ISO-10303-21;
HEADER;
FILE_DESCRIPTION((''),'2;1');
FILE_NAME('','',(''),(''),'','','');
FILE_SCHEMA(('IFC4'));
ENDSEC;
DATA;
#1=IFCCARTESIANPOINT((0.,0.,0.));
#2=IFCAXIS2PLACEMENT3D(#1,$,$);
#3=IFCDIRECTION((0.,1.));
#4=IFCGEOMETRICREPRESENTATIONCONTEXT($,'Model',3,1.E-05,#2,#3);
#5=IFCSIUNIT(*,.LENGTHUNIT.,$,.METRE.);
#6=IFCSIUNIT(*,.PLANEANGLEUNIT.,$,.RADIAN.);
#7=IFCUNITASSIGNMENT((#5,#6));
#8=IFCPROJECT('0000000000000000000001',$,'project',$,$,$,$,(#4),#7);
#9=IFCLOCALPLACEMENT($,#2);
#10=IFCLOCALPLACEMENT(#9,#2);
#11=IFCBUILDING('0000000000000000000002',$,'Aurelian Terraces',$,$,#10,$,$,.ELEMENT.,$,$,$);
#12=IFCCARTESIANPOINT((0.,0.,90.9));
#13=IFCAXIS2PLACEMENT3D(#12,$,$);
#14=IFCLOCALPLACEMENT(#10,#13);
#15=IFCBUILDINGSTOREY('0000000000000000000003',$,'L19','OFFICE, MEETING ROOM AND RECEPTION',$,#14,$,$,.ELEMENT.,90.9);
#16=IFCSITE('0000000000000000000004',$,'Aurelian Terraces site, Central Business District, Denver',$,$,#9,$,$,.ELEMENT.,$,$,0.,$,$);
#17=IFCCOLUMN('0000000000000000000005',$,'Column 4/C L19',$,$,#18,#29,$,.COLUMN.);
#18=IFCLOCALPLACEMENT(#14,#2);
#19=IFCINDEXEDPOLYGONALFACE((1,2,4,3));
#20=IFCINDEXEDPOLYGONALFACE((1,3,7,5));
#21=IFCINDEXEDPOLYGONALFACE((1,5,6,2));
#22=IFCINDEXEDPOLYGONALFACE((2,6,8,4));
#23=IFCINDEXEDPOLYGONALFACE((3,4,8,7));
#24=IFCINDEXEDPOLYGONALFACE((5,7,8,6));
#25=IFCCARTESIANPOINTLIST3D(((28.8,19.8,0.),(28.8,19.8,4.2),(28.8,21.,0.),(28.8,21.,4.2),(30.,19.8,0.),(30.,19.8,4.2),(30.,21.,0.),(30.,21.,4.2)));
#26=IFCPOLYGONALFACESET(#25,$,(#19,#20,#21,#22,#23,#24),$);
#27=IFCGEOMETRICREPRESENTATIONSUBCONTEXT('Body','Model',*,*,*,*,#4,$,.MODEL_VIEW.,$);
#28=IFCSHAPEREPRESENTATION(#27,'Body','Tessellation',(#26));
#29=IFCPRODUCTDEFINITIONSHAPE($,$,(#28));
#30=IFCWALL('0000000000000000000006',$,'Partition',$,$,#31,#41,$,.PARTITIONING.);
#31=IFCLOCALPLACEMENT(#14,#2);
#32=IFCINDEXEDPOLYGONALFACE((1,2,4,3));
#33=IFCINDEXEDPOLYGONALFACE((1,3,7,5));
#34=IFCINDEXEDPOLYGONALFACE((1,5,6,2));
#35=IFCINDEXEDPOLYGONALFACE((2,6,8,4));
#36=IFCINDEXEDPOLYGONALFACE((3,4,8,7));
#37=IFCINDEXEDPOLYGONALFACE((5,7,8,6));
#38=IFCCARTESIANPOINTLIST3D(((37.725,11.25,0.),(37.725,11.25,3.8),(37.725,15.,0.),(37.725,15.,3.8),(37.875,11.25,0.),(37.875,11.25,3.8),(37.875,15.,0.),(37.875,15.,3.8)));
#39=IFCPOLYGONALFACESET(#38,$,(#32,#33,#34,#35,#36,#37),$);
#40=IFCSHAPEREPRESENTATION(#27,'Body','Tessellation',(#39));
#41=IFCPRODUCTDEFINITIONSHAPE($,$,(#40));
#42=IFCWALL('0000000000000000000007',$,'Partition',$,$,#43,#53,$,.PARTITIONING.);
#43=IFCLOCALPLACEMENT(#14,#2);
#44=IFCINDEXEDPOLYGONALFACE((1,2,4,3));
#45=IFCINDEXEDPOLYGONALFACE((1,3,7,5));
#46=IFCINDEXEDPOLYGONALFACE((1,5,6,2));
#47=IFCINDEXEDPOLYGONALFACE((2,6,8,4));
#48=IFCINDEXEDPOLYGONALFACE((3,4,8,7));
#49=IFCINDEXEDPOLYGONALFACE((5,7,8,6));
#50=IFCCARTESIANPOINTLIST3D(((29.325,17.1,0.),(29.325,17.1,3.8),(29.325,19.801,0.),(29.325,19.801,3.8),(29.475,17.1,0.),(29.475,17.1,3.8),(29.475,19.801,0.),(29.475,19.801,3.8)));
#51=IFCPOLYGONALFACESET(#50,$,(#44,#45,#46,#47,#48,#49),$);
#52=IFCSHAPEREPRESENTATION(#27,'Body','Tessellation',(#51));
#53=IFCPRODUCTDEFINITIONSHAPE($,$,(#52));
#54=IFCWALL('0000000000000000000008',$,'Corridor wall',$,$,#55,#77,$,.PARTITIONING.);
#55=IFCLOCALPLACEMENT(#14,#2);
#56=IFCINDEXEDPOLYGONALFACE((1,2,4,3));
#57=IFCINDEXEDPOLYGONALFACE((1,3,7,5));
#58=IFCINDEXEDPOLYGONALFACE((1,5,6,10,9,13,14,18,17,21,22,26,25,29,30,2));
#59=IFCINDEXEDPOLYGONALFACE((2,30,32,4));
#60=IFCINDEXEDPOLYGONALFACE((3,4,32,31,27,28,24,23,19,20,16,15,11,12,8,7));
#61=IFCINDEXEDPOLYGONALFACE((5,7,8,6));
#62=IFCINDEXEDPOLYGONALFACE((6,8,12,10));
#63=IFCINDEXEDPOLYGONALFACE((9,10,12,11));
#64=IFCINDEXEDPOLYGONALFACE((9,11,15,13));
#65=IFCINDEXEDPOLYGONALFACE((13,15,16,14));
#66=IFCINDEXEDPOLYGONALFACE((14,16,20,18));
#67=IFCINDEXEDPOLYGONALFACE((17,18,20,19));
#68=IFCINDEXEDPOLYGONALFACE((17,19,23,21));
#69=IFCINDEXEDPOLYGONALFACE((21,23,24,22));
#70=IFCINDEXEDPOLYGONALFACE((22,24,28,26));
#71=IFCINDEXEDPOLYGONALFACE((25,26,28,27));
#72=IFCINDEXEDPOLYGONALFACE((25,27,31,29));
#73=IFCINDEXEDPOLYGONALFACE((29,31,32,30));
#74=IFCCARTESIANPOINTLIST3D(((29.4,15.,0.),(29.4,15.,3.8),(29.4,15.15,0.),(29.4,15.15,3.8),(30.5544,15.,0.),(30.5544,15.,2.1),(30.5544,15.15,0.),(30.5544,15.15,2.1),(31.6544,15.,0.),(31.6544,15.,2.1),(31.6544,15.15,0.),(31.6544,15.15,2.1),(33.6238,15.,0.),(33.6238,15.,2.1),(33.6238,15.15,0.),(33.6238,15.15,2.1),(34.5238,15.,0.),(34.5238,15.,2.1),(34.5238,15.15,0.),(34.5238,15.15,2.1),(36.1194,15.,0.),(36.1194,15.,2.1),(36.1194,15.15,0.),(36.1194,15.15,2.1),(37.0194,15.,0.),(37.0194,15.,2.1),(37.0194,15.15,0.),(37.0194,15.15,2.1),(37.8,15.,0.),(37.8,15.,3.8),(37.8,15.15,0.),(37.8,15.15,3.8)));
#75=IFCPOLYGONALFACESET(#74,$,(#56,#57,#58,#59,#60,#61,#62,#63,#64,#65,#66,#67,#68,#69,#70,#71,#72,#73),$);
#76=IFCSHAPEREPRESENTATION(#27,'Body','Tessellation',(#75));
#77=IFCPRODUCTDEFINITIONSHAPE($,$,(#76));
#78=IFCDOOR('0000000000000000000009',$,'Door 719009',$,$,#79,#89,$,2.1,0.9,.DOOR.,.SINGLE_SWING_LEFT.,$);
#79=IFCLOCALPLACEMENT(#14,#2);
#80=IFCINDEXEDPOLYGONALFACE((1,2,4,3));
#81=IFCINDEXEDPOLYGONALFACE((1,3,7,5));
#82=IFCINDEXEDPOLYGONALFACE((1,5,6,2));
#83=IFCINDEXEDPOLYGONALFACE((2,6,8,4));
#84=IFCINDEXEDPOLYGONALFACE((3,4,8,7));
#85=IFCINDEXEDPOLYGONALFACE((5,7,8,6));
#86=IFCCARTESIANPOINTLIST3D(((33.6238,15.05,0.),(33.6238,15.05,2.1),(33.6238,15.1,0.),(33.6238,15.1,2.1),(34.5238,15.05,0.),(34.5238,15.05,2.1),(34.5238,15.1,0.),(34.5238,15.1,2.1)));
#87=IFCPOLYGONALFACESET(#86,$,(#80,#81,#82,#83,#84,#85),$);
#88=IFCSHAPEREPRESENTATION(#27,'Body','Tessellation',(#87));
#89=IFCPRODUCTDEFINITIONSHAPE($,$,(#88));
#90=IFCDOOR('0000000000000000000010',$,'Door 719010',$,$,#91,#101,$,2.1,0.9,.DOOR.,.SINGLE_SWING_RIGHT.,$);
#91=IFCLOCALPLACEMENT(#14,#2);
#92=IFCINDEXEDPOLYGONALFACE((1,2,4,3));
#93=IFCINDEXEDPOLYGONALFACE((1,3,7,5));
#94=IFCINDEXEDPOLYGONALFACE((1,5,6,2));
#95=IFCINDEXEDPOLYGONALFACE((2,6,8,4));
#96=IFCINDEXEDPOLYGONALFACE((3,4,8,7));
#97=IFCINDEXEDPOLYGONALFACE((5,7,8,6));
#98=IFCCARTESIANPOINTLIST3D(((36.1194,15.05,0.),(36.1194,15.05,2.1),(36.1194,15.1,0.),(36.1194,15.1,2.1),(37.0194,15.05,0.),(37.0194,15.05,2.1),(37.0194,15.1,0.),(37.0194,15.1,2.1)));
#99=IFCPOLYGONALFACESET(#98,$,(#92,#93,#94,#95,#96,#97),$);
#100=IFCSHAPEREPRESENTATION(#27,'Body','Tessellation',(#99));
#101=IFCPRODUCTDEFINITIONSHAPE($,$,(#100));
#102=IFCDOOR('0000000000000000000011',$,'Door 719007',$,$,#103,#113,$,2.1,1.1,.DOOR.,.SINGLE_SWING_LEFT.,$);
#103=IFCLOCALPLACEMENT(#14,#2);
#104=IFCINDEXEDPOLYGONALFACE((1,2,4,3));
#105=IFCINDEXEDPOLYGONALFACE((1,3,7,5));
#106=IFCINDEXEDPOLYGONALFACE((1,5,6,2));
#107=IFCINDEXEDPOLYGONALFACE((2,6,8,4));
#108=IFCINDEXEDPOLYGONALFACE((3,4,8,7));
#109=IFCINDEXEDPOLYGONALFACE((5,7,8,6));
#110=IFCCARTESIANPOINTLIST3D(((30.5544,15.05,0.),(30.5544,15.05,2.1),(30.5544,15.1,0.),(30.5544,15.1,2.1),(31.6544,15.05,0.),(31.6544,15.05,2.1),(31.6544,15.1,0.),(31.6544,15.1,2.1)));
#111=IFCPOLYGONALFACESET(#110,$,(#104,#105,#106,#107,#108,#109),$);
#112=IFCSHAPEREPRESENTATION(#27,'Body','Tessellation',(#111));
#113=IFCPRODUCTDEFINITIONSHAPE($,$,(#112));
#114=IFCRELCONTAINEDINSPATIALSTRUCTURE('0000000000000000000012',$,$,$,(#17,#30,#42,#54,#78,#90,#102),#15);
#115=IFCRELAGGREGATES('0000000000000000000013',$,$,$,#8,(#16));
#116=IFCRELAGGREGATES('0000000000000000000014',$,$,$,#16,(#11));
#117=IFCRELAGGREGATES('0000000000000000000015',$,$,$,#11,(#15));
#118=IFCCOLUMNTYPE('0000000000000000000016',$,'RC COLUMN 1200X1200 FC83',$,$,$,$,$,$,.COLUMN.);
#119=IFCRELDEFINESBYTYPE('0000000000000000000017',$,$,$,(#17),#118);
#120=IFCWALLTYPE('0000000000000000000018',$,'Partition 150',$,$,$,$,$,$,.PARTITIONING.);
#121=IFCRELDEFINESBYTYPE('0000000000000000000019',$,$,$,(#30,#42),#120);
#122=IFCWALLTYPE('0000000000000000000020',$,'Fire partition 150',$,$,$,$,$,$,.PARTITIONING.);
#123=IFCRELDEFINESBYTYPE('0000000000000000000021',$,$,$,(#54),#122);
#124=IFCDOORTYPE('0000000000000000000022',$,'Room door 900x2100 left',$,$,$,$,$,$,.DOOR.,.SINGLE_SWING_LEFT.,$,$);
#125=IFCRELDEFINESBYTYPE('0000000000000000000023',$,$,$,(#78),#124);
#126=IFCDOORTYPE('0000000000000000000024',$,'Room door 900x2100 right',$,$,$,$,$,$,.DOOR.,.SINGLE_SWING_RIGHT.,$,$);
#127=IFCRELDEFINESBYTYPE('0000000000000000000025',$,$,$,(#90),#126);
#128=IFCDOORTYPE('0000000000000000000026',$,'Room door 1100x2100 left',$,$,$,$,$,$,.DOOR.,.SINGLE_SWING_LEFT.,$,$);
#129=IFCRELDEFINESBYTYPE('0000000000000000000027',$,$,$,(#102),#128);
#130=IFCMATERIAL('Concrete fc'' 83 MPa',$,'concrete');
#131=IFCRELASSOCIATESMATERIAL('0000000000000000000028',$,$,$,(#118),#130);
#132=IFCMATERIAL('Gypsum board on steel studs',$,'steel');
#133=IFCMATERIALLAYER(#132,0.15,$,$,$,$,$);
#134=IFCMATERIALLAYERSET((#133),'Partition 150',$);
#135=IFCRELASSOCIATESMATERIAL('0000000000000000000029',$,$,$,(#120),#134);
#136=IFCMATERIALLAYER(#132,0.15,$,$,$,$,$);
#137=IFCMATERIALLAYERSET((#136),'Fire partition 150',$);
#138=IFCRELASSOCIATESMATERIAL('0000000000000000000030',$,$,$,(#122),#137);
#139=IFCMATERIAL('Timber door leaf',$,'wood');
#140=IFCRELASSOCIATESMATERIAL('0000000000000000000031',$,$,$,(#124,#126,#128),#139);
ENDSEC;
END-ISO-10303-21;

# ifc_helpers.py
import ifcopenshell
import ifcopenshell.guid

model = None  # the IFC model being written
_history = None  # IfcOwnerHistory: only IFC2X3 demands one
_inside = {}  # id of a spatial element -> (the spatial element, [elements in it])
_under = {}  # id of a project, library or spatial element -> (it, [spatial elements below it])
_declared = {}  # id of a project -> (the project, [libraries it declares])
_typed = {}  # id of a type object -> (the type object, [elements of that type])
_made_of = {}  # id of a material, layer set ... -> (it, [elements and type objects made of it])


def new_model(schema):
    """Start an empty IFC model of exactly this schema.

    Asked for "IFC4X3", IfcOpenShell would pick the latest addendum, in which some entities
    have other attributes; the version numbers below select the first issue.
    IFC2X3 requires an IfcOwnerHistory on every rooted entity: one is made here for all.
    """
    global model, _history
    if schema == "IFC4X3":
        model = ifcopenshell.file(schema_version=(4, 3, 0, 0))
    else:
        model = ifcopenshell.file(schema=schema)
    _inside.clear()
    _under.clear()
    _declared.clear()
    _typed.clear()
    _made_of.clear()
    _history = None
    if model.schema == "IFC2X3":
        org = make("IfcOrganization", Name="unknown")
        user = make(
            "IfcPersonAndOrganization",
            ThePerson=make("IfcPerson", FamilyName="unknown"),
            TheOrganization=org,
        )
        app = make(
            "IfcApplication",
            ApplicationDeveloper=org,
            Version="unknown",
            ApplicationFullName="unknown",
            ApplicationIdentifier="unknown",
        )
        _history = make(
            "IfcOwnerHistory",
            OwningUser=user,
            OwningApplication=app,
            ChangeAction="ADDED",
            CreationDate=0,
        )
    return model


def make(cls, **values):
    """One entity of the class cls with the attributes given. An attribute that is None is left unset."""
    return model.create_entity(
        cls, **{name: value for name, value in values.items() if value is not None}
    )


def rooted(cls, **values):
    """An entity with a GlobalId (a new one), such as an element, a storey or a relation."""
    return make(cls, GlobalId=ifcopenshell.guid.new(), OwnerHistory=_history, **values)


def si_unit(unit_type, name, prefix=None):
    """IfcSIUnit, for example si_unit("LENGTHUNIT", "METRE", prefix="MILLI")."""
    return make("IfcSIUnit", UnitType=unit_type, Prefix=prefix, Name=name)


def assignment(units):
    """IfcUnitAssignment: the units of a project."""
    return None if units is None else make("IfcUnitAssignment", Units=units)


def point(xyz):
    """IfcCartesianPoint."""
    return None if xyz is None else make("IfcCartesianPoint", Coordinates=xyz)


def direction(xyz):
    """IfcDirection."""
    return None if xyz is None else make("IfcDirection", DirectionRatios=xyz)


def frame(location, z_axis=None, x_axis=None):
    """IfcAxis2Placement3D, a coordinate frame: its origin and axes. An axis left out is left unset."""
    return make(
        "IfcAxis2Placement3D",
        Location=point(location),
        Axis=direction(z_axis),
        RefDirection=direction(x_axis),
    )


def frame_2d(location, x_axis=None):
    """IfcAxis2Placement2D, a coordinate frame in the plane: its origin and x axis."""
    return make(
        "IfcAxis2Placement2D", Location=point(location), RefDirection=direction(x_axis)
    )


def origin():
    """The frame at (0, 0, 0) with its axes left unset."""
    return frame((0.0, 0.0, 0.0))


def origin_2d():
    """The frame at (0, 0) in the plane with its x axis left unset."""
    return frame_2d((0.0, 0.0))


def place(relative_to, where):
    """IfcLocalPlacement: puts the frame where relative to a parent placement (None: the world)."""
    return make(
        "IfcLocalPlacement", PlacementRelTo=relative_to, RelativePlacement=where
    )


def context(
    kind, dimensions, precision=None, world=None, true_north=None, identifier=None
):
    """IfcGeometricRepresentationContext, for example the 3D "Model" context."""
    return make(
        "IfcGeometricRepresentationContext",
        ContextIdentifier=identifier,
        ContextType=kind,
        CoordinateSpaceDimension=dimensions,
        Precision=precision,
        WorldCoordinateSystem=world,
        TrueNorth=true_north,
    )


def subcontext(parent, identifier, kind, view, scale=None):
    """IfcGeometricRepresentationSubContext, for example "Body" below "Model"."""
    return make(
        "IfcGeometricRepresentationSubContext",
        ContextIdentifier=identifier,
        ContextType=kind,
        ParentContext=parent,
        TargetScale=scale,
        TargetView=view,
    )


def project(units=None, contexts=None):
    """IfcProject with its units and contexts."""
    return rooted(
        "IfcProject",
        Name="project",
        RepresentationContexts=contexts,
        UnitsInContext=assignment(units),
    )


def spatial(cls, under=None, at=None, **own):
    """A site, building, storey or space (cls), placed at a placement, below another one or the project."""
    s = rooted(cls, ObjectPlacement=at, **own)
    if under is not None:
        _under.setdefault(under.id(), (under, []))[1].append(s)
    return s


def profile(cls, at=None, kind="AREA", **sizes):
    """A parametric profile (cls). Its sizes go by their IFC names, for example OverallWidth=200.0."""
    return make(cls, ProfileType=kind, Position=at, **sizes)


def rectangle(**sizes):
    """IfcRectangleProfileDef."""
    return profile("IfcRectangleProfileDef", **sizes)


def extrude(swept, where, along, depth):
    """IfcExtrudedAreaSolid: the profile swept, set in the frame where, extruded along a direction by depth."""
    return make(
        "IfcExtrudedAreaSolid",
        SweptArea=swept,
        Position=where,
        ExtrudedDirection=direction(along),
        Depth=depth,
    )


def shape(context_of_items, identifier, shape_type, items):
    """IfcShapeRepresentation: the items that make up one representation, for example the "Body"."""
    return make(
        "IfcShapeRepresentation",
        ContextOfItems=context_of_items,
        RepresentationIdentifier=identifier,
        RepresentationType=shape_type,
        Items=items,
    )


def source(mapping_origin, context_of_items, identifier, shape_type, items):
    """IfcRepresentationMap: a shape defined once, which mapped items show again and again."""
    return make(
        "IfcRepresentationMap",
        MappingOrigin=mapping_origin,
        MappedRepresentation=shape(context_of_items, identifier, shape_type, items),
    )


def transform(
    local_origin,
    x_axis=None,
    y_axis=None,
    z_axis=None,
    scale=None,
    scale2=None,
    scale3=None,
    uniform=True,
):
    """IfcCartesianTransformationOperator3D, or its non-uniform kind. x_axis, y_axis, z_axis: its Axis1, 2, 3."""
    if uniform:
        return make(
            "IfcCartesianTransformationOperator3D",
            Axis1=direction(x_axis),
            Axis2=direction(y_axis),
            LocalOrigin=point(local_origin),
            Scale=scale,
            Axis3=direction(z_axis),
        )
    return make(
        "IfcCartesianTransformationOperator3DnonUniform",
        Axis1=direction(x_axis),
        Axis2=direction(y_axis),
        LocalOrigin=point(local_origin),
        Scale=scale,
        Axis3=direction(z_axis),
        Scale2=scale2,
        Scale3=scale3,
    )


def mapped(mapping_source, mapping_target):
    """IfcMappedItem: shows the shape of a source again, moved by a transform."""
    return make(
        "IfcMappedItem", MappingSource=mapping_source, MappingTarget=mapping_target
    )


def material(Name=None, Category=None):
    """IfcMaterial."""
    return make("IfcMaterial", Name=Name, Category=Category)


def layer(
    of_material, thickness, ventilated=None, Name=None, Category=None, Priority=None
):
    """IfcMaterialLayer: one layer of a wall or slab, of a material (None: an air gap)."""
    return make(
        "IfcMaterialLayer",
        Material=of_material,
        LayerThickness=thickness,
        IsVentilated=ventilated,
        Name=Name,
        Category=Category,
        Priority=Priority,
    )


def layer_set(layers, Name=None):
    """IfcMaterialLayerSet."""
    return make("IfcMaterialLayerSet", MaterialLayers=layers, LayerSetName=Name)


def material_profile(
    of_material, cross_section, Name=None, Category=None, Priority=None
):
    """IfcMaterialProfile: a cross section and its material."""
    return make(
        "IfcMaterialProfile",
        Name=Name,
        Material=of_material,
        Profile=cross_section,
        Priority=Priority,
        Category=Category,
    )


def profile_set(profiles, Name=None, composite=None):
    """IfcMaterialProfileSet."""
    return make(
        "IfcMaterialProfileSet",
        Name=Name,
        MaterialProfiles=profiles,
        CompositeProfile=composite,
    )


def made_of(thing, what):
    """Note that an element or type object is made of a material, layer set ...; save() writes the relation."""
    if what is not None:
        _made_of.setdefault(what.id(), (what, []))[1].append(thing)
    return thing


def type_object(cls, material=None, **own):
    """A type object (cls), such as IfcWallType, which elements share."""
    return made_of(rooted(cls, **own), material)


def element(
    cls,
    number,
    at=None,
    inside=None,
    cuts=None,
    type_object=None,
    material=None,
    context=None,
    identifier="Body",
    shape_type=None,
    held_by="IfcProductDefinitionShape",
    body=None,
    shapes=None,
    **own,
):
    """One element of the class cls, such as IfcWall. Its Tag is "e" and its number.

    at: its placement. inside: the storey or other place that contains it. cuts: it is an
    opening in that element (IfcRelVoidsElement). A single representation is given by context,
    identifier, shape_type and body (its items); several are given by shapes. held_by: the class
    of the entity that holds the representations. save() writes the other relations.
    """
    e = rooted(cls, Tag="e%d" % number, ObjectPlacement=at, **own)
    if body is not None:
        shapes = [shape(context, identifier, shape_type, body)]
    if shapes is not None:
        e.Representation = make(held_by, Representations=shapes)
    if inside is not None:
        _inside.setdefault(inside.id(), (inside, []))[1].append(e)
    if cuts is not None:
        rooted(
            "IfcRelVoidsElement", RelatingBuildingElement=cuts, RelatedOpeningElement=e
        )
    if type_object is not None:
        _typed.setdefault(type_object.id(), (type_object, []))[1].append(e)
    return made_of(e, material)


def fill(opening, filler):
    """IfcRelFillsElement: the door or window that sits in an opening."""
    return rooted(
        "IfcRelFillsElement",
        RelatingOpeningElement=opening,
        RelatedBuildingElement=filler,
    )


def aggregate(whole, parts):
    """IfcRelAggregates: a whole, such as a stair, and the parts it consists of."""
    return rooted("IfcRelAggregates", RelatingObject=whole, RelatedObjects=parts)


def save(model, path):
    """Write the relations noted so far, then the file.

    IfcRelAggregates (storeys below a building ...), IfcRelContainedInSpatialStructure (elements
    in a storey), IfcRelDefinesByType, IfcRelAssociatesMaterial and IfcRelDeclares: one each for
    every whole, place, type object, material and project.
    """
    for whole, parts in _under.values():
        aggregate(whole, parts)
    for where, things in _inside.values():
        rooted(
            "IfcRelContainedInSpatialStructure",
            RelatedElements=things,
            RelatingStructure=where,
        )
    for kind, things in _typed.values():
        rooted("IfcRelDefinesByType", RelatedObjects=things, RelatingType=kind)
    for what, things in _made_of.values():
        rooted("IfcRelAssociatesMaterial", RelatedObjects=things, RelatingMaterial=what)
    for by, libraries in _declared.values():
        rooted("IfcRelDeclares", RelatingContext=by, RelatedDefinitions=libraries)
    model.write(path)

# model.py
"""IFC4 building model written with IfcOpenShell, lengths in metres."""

from ifc_helpers import new_model, si_unit, direction, frame, frame_2d, origin, origin_2d, place, context, subcontext, project, spatial, rectangle, extrude, source, transform, mapped, material, layer, layer_set, material_profile, profile_set, type_object, element, fill, save


model = new_model("IFC4")

# Units and contexts
model_context = context("Model", 3, precision=1e-05, world=origin(), true_north=direction((0.0, 1.0)))
body_context = subcontext(model_context, "Body", "Model", "MODEL_VIEW")
ifc_project = project(units=[si_unit("LENGTHUNIT", "METRE"), si_unit("PLANEANGLEUNIT", "RADIAN")], contexts=[model_context])

# Site, building, storey
site_placement = place(None, origin())
site = spatial("IfcSite", under=ifc_project, at=site_placement, Name="Aurelian Terraces site, Central Business District, Denver", CompositionType="ELEMENT", RefElevation=0.0)
building_placement = place(site_placement, origin())
building = spatial("IfcBuilding", under=site, at=building_placement, Name="Aurelian Terraces", CompositionType="ELEMENT")
storey_placement = place(building_placement, frame((0.0, 0.0, 90.9)))
storey = spatial("IfcBuildingStorey", under=building, at=storey_placement, Name="L19", Description="OFFICE, MEETING ROOM AND RECEPTION", CompositionType="ELEMENT", Elevation=90.9)

# Column
ifc_material_1 = material(Name="Concrete fc' 83 MPa", Category="concrete")
ifc_material_profile = material_profile(ifc_material_1, rectangle(XDim=1.2, YDim=1.2, at=origin_2d()))
ifc_profile_set = profile_set([ifc_material_profile], Name="Concrete fc' 83 MPa")
column_type = type_object("IfcColumnType", Name="RC COLUMN 1200X1200 FC83", PredefinedType="COLUMN", material=ifc_profile_set)
shared_shape_1 = source(origin(), body_context, "Body", "SweptSolid", [
    extrude(rectangle(XDim=1.2, YDim=1.2, at=origin_2d()), origin(), (0.0, 0.0, 1.0), 4.2),
])
column_placement = place(storey_placement, frame((29.4, 20.4, 0.0), z_axis=(0.0, 0.0, 1.0), x_axis=(1.0, 0.0, 0.0)))
element("IfcColumn", 1, at=column_placement, inside=storey, type_object=column_type, Name="Column 4/C L19", PredefinedType="COLUMN", context=body_context, shape_type="MappedRepresentation", body=[
    mapped(shared_shape_1, transform((0.0, 0.0, 0.0), scale=1.0)),
])

# Walls
ifc_material_2 = material(Name="Gypsum board on steel studs", Category="steel")
ifc_layer_1 = layer(ifc_material_2, 0.15)
ifc_layer_set_1 = layer_set([ifc_layer_1], Name="Partition 150")
wall_type_1 = type_object("IfcWallType", Name="Partition 150", PredefinedType="PARTITIONING", material=ifc_layer_set_1)
shared_shape_2 = source(origin(), body_context, "Body", "SweptSolid", [
    extrude(rectangle(XDim=3.75, YDim=0.15, at=frame_2d((1.875, 0.0))), origin(), (0.0, 0.0, 1.0), 3.8),
])
wall_1_placement = place(storey_placement, frame((37.8, 11.25, 0.0), z_axis=(0.0, 0.0, 1.0), x_axis=(0.0, 1.0, 0.0)))
element("IfcWall", 2, at=wall_1_placement, inside=storey, type_object=wall_type_1, Name="Partition", PredefinedType="PARTITIONING", context=body_context, shape_type="MappedRepresentation", body=[
    mapped(shared_shape_2, transform((0.0, 0.0, 0.0), scale=1.0)),
])
shared_shape_3 = source(origin(), body_context, "Body", "SweptSolid", [
    extrude(rectangle(XDim=2.701, YDim=0.15, at=frame_2d((1.3505, 0.0))), origin(), (0.0, 0.0, 1.0), 3.8),
])
wall_2_placement = place(storey_placement, frame((29.4, 17.1, 0.0), z_axis=(0.0, 0.0, 1.0), x_axis=(0.0, 1.0, 0.0)))
element("IfcWall", 3, at=wall_2_placement, inside=storey, type_object=wall_type_1, Name="Partition", PredefinedType="PARTITIONING", context=body_context, shape_type="MappedRepresentation", body=[
    mapped(shared_shape_3, transform((0.0, 0.0, 0.0), scale=1.0)),
])

# Wall, openings, doors
ifc_layer_2 = layer(ifc_material_2, 0.15)
ifc_layer_set_2 = layer_set([ifc_layer_2], Name="Fire partition 150")
wall_type_2 = type_object("IfcWallType", Name="Fire partition 150", PredefinedType="PARTITIONING", material=ifc_layer_set_2)
shared_shape_4 = source(origin(), body_context, "Body", "SweptSolid", [
    extrude(rectangle(XDim=8.4, YDim=0.15, at=frame_2d((4.2, 0.0))), origin(), (0.0, 0.0, 1.0), 3.8),
])
wall_3_placement = place(storey_placement, frame((37.8, 15.075, 0.0), z_axis=(0.0, 0.0, 1.0), x_axis=(-1.0, 0.0, 0.0)))
wall_3 = element("IfcWall", 4, at=wall_3_placement, inside=storey, type_object=wall_type_2, Name="Corridor wall", PredefinedType="PARTITIONING", context=body_context, shape_type="MappedRepresentation", body=[
    mapped(shared_shape_4, transform((0.0, 0.0, 0.0), scale=1.0)),
])
shared_shape_5 = source(origin(), body_context, "Body", "SweptSolid", [
    extrude(rectangle(XDim=1.1, YDim=2.1, at=frame_2d((0.55, 1.05))), frame((0.0, 0.085, 0.0), z_axis=(0.0, -1.0, 0.0), x_axis=(1.0, 0.0, 0.0)), (0.0, 0.0, 1.0), 0.17),
])
opening_1_placement = place(wall_3_placement, frame((6.1456, 0.0, 0.0)))
opening_1 = element("IfcOpeningElement", 5, at=opening_1_placement, cuts=wall_3, PredefinedType="OPENING", context=body_context, shape_type="MappedRepresentation", body=[
    mapped(shared_shape_5, transform((0.0, 0.0, 0.0), scale=1.0)),
])
shared_shape_6 = source(origin(), body_context, "Body", "SweptSolid", [
    extrude(rectangle(XDim=0.9, YDim=2.1, at=frame_2d((0.45, 1.05))), frame((0.0, 0.085, 0.0), z_axis=(0.0, -1.0, 0.0), x_axis=(1.0, 0.0, 0.0)), (0.0, 0.0, 1.0), 0.17),
])
opening_2_placement = place(wall_3_placement, frame((3.2762, 0.0, 0.0)))
opening_2 = element("IfcOpeningElement", 6, at=opening_2_placement, cuts=wall_3, PredefinedType="OPENING", context=body_context, shape_type="MappedRepresentation", body=[
    mapped(shared_shape_6, transform((0.0, 0.0, 0.0), scale=1.0)),
])
opening_3_placement = place(wall_3_placement, frame((0.7806, 0.0, 0.0)))
opening_3 = element("IfcOpeningElement", 7, at=opening_3_placement, cuts=wall_3, PredefinedType="OPENING", context=body_context, shape_type="MappedRepresentation", body=[
    mapped(shared_shape_6, transform((0.0, 0.0, 0.0), scale=1.0)),
])
ifc_material_3 = material(Name="Timber door leaf", Category="wood")
door_type_1 = type_object("IfcDoorType", Name="Room door 900x2100 left", OperationType="SINGLE_SWING_LEFT", PredefinedType="DOOR", material=ifc_material_3)
shared_shape_7 = source(origin(), body_context, "Body", "SweptSolid", [
    extrude(rectangle(XDim=0.9, YDim=2.1, at=frame_2d((0.45, 1.05))), frame((0.0, 0.025, 0.0), z_axis=(0.0, -1.0, 0.0), x_axis=(1.0, 0.0, 0.0)), (0.0, 0.0, 1.0), 0.05),
])
door_1_placement = place(opening_2_placement, origin())
door_1 = element("IfcDoor", 8, at=door_1_placement, inside=storey, type_object=door_type_1, Name="Door 719009", OperationType="SINGLE_SWING_LEFT", OverallHeight=2.1, OverallWidth=0.9, PredefinedType="DOOR", context=body_context, shape_type="MappedRepresentation", body=[
    mapped(shared_shape_7, transform((0.0, 0.0, 0.0), scale=1.0)),
])
fill(opening_2, door_1)
door_type_2 = type_object("IfcDoorType", Name="Room door 900x2100 right", OperationType="SINGLE_SWING_RIGHT", PredefinedType="DOOR", material=ifc_material_3)
door_2_placement = place(opening_3_placement, origin())
door_2 = element("IfcDoor", 9, at=door_2_placement, inside=storey, type_object=door_type_2, Name="Door 719010", OperationType="SINGLE_SWING_RIGHT", OverallHeight=2.1, OverallWidth=0.9, PredefinedType="DOOR", context=body_context, shape_type="MappedRepresentation", body=[
    mapped(shared_shape_7, transform((0.0, 0.0, 0.0), scale=1.0)),
])
fill(opening_3, door_2)
door_type_3 = type_object("IfcDoorType", Name="Room door 1100x2100 left", OperationType="SINGLE_SWING_LEFT", PredefinedType="DOOR", material=ifc_material_3)
shared_shape_8 = source(origin(), body_context, "Body", "SweptSolid", [
    extrude(rectangle(XDim=1.1, YDim=2.1, at=frame_2d((0.55, 1.05))), frame((0.0, 0.025, 0.0), z_axis=(0.0, -1.0, 0.0), x_axis=(1.0, 0.0, 0.0)), (0.0, 0.0, 1.0), 0.05),
])
door_3_placement = place(opening_1_placement, origin())
door_3 = element("IfcDoor", 10, at=door_3_placement, inside=storey, type_object=door_type_3, Name="Door 719007", OperationType="SINGLE_SWING_LEFT", OverallHeight=2.1, OverallWidth=1.1, PredefinedType="DOOR", context=body_context, shape_type="MappedRepresentation", body=[
    mapped(shared_shape_8, transform((0.0, 0.0, 0.0), scale=1.0)),
])
fill(opening_1, door_3)

save(model, "model.ifc")
